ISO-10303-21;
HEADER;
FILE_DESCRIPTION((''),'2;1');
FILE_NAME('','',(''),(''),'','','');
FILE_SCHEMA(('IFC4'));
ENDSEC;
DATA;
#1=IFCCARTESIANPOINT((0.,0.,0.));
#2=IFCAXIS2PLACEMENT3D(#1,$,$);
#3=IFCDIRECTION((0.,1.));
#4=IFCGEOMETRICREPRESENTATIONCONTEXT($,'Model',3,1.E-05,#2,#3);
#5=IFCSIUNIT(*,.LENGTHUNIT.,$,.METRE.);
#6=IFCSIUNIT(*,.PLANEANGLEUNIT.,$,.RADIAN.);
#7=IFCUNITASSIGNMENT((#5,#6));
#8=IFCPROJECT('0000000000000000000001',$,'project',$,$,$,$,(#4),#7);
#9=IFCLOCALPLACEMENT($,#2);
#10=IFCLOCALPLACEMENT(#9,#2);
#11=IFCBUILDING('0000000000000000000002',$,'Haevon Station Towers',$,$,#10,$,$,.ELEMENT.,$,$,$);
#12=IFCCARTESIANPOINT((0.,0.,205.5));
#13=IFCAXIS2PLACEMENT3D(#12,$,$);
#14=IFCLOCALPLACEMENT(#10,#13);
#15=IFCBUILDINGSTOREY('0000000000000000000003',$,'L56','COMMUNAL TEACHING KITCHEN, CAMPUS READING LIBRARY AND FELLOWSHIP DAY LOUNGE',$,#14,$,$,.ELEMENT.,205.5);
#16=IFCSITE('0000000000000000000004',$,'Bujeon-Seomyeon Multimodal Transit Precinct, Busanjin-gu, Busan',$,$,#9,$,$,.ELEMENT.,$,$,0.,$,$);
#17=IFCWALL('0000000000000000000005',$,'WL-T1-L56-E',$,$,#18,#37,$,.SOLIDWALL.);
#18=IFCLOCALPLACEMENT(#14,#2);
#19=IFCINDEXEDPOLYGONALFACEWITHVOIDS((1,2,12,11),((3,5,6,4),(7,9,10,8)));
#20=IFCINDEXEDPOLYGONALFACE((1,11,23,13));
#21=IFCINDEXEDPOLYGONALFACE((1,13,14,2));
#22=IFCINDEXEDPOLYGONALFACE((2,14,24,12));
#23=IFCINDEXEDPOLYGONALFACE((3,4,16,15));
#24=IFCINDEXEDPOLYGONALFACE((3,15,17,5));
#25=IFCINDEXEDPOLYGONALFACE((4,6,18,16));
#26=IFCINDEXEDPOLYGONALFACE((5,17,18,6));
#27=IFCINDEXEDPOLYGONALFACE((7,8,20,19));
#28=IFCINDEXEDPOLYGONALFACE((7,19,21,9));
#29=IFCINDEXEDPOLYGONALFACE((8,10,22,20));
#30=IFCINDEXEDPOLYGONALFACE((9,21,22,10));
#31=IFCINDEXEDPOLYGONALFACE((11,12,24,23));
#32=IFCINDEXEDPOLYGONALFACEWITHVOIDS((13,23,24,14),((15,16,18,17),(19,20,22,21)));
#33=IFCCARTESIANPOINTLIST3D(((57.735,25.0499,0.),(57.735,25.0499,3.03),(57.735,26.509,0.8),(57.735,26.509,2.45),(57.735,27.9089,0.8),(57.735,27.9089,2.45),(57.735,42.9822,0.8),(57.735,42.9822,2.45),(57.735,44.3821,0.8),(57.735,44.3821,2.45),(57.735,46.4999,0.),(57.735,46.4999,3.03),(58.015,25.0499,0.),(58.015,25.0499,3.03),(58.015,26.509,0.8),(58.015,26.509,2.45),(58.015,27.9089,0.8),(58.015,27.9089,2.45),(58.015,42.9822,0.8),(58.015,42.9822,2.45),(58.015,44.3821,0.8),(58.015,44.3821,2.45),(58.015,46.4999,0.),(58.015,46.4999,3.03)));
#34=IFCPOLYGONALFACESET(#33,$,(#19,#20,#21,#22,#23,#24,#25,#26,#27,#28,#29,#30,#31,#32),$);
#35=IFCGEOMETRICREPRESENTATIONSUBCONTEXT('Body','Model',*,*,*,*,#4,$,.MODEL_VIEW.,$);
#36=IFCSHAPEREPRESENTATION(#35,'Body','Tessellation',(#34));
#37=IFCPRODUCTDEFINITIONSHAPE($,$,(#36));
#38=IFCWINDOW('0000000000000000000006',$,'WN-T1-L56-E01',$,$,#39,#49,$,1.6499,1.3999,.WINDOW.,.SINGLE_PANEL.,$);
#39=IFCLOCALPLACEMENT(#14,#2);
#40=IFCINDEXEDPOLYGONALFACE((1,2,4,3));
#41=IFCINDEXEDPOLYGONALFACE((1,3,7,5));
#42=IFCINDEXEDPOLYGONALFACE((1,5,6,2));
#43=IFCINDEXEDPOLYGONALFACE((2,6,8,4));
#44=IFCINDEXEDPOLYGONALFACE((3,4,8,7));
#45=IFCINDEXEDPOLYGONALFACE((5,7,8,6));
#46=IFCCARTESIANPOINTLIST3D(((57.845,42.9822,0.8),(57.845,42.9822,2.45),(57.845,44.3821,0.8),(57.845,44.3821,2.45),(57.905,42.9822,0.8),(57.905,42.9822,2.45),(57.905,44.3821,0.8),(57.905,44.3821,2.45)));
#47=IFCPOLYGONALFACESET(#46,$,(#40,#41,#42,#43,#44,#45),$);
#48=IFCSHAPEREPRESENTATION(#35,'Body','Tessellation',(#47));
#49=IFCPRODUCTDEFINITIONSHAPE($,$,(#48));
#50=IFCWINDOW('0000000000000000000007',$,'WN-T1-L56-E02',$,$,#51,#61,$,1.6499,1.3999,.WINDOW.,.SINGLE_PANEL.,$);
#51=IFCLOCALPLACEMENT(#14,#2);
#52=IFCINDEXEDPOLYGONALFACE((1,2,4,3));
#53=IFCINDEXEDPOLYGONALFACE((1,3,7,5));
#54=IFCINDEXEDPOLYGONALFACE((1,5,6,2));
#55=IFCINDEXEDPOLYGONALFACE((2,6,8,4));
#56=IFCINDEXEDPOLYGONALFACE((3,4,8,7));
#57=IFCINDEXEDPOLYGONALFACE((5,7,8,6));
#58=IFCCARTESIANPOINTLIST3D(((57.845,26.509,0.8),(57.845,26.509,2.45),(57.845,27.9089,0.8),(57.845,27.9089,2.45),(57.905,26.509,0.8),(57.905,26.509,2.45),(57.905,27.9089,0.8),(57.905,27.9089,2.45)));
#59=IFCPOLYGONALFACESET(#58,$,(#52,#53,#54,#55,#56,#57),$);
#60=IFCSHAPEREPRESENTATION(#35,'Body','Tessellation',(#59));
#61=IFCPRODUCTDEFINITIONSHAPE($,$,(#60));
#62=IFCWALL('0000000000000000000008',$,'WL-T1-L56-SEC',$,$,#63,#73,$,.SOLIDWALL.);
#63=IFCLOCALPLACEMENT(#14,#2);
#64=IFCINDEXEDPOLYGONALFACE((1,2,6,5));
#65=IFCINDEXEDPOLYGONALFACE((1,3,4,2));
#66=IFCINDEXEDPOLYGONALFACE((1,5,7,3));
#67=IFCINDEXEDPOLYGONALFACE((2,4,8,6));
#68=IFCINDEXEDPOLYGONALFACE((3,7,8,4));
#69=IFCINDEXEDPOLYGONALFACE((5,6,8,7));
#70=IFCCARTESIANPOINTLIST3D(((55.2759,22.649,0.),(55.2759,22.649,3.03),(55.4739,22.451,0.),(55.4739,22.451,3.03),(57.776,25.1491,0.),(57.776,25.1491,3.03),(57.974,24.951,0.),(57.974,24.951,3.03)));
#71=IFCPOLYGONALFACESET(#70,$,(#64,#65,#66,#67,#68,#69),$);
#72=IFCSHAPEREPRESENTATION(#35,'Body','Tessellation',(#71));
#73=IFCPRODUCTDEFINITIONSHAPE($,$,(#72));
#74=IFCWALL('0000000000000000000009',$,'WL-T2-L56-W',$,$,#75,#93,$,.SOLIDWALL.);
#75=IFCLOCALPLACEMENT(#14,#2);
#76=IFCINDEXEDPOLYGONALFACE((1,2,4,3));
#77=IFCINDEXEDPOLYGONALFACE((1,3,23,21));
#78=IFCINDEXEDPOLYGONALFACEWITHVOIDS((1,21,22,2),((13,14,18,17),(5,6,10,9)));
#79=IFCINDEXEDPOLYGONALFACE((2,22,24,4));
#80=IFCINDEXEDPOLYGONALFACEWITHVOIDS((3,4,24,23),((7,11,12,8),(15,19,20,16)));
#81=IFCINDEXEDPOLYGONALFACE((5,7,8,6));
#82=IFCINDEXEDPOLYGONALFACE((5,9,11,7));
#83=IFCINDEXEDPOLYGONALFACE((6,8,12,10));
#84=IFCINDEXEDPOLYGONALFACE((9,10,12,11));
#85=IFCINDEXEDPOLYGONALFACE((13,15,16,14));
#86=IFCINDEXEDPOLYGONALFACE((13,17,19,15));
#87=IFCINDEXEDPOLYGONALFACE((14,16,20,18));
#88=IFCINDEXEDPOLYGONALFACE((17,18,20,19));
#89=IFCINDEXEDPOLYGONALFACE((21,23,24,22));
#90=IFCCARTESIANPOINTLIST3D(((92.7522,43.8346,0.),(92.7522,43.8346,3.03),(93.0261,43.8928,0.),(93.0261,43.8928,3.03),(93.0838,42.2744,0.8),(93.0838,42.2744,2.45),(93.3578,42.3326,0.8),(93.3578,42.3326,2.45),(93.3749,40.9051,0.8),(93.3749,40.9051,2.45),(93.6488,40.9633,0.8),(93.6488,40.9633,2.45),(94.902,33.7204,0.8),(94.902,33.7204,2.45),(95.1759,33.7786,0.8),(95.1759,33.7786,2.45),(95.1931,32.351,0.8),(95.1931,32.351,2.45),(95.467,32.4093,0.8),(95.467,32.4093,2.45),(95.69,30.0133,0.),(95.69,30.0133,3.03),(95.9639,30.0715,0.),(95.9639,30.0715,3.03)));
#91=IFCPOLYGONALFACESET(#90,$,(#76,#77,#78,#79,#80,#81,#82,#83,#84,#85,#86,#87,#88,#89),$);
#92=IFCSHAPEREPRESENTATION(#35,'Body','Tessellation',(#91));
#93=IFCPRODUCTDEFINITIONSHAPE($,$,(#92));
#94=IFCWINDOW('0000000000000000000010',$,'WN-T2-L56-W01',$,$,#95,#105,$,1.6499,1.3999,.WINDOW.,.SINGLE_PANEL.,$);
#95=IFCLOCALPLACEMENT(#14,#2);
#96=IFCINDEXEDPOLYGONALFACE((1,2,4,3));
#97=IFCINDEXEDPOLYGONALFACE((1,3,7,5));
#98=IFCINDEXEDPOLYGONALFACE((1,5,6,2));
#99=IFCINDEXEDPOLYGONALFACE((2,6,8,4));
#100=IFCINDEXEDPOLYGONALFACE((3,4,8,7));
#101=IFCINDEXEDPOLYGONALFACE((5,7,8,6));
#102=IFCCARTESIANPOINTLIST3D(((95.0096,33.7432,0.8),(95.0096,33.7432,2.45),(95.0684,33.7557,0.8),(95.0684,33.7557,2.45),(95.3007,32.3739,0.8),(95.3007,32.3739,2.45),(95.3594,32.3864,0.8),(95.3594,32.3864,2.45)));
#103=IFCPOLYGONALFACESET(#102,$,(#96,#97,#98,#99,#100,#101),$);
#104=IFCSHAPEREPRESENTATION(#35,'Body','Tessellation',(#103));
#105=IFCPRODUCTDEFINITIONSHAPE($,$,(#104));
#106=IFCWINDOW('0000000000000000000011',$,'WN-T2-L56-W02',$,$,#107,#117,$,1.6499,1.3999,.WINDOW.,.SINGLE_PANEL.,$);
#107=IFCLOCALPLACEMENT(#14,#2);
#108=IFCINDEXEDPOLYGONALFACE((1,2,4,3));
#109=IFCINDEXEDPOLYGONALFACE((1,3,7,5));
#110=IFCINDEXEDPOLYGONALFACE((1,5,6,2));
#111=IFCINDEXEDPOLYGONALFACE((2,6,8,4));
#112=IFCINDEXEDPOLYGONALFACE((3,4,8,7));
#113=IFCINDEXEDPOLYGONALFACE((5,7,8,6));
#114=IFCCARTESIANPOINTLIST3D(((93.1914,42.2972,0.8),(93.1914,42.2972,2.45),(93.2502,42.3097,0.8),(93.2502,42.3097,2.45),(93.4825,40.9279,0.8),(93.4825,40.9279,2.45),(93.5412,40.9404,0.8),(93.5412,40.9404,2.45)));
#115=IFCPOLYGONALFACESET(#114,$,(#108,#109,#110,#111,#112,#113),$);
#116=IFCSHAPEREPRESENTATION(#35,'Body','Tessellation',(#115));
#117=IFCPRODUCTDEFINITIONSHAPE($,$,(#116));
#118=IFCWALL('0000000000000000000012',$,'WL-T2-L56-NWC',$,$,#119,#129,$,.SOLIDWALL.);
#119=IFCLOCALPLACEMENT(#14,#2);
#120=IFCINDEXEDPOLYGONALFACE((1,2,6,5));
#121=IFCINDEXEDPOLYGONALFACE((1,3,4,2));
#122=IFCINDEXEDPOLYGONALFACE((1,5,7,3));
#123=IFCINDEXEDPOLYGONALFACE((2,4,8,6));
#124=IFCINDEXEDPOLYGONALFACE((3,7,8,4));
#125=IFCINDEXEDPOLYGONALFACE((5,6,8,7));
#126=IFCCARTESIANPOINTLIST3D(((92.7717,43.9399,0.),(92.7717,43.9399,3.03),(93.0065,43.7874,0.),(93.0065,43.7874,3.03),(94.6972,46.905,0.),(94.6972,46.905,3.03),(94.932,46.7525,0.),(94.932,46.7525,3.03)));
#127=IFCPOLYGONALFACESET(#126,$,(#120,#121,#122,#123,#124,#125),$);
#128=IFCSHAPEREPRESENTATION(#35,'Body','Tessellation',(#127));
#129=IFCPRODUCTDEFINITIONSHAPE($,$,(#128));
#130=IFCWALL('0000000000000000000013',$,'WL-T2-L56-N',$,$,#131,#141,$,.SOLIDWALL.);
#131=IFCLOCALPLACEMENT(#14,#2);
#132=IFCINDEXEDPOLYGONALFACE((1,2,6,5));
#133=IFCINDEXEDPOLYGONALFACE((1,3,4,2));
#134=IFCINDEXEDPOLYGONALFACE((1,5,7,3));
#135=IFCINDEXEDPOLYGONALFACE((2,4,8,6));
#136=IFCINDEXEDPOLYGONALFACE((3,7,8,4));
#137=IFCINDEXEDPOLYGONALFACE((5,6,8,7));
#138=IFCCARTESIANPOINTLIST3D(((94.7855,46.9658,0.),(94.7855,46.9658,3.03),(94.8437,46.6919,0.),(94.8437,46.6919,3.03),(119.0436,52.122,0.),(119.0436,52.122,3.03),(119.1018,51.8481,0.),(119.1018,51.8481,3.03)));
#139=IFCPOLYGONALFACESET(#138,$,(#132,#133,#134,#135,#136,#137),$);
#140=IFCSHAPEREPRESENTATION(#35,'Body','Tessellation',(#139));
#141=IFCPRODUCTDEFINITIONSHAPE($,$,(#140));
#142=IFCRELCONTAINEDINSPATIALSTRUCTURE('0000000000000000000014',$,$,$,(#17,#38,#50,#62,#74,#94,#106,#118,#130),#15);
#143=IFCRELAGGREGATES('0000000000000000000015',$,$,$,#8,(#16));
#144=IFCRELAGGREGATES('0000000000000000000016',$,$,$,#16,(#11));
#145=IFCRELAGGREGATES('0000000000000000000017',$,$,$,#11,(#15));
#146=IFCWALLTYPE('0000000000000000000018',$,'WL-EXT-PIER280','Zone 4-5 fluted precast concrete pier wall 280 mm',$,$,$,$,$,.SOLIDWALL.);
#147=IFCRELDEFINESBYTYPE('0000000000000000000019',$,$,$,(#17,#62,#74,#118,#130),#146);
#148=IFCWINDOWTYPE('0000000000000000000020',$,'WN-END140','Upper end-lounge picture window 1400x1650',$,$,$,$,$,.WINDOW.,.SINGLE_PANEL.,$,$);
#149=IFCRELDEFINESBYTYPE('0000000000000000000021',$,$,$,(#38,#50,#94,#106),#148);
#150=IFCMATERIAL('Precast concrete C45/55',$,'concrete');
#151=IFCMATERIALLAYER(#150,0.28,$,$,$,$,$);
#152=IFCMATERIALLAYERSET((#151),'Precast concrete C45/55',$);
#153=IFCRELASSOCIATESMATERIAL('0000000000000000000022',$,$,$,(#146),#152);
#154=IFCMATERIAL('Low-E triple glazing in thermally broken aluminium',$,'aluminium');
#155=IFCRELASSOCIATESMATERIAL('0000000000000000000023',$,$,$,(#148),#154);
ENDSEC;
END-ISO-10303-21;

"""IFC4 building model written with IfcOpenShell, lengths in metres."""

from ifc_helpers import new_model, si_unit, direction, frame, frame_2d, origin, place, context, subcontext, project, spatial, rectangle, extrude, material, layer, layer_set, type_object, element, fill, save


model = new_model("IFC4")

# Units and contexts
model_context = context("Model", 3, precision=1e-05, world=origin(), true_north=direction((0.0, 1.0)))
body_context = subcontext(model_context, "Body", "Model", "MODEL_VIEW")
ifc_project = project(units=[si_unit("LENGTHUNIT", "METRE"), si_unit("PLANEANGLEUNIT", "RADIAN")], contexts=[model_context])

# Site, building, storey
site_placement = place(None, origin())
site = spatial("IfcSite", under=ifc_project, at=site_placement, Name="Bujeon-Seomyeon Multimodal Transit Precinct, Busanjin-gu, Busan", CompositionType="ELEMENT", RefElevation=0.0)
building_placement = place(site_placement, origin())
building = spatial("IfcBuilding", under=site, at=building_placement, Name="Haevon Station Towers", CompositionType="ELEMENT")
storey_placement = place(building_placement, frame((0.0, 0.0, 205.5)))
storey = spatial("IfcBuildingStorey", under=building, at=storey_placement, Name="L56", Description="COMMUNAL TEACHING KITCHEN, CAMPUS READING LIBRARY AND FELLOWSHIP DAY LOUNGE", CompositionType="ELEMENT", Elevation=205.5)

# Wall, openings, windows
ifc_material_1 = material(Name="Precast concrete C45/55", Category="concrete")
ifc_layer_1 = layer(ifc_material_1, 0.28)
ifc_layer_set_1 = layer_set([ifc_layer_1], Name="Precast concrete C45/55")
wall_type_1 = type_object("IfcWallType", Name="WL-EXT-PIER280", Description="Zone 4-5 fluted precast concrete pier wall 280 mm", PredefinedType="SOLIDWALL", material=ifc_layer_set_1)
wall_1_placement = place(storey_placement, frame((57.875, 46.5, 0.0), z_axis=(0.0, 0.0, 1.0), x_axis=(0.0, -1.0, 0.0)))
wall_1 = element("IfcWall", 1, at=wall_1_placement, inside=storey, type_object=wall_type_1, Name="WL-T1-L56-E", PredefinedType="SOLIDWALL", context=body_context, shape_type="SweptSolid", body=[
    extrude(rectangle(XDim=21.45, YDim=0.28, at=frame_2d((10.7251, 0.0))), origin(), (0.0, 0.0, 1.0), 3.03),
])
opening_1_placement = place(wall_1_placement, frame((2.1179, 0.0, 0.8)))
opening_1 = element("IfcOpeningElement", 2, at=opening_1_placement, cuts=wall_1, PredefinedType="OPENING", context=body_context, shape_type="SweptSolid", body=[
    extrude(rectangle(XDim=1.3999, YDim=1.6499, at=frame_2d((0.7, 0.825))), frame((0.0, 0.1499, 0.0), z_axis=(0.0, -1.0, 0.0), x_axis=(1.0, 0.0, 0.0)), (0.0, 0.0, 1.0), 0.3),
])
opening_2_placement = place(wall_1_placement, frame((18.5911, 0.0, 0.8)))
opening_2 = element("IfcOpeningElement", 3, at=opening_2_placement, cuts=wall_1, PredefinedType="OPENING", context=body_context, shape_type="SweptSolid", body=[
    extrude(rectangle(XDim=1.3999, YDim=1.6499, at=frame_2d((0.7, 0.825))), frame((0.0, 0.1499, 0.0), z_axis=(0.0, -1.0, 0.0), x_axis=(1.0, 0.0, 0.0)), (0.0, 0.0, 1.0), 0.3),
])
ifc_material_2 = material(Name="Low-E triple glazing in thermally broken aluminium", Category="aluminium")
window_type = type_object("IfcWindowType", Name="WN-END140", Description="Upper end-lounge picture window 1400x1650", PartitioningType="SINGLE_PANEL", PredefinedType="WINDOW", material=ifc_material_2)
window_1_placement = place(opening_1_placement, origin())
window_1 = element("IfcWindow", 4, at=window_1_placement, inside=storey, type_object=window_type, Name="WN-T1-L56-E01", OverallHeight=1.6499, OverallWidth=1.3999, PartitioningType="SINGLE_PANEL", PredefinedType="WINDOW", context=body_context, shape_type="SweptSolid", body=[
    extrude(rectangle(XDim=1.3999, YDim=1.6499, at=frame_2d((0.7, 0.825))), frame((0.0, 0.03, 0.0), z_axis=(0.0, -1.0, 0.0), x_axis=(1.0, 0.0, 0.0)), (0.0, 0.0, 1.0), 0.0601),
])
fill(opening_1, window_1)
window_2_placement = place(opening_2_placement, origin())
window_2 = element("IfcWindow", 5, at=window_2_placement, inside=storey, type_object=window_type, Name="WN-T1-L56-E02", OverallHeight=1.6499, OverallWidth=1.3999, PartitioningType="SINGLE_PANEL", PredefinedType="WINDOW", context=body_context, shape_type="SweptSolid", body=[
    extrude(rectangle(XDim=1.3999, YDim=1.6499, at=frame_2d((0.7, 0.825))), frame((0.0, 0.03, 0.0), z_axis=(0.0, -1.0, 0.0), x_axis=(1.0, 0.0, 0.0)), (0.0, 0.0, 1.0), 0.0601),
])
fill(opening_2, window_2)

# Wall
wall_2_placement = place(storey_placement, frame((57.875, 25.05, 0.0), z_axis=(0.0, 0.0, 1.0), x_axis=(-0.707107, -0.707107, 0.0)))
element("IfcWall", 6, at=wall_2_placement, inside=storey, type_object=wall_type_1, Name="WL-T1-L56-SEC", PredefinedType="SOLIDWALL", context=body_context, shape_type="SweptSolid", body=[
    extrude(rectangle(XDim=3.5356, YDim=0.28, at=frame_2d((1.7678, 0.0))), origin(), (0.0, 0.0, 1.0), 3.03),
])

# Wall, openings, windows
wall_3_placement = place(storey_placement, frame((95.8269, 30.0425, 0.0), z_axis=(0.0, 0.0, 1.0), x_axis=(-0.207908, 0.978148, 0.0)))
wall_3 = element("IfcWall", 7, at=wall_3_placement, inside=storey, type_object=wall_type_1, Name="WL-T2-L56-W", PredefinedType="SOLIDWALL", context=body_context, shape_type="SweptSolid", body=[
    extrude(rectangle(XDim=14.1301, YDim=0.28, at=frame_2d((7.0649, 0.0))), origin(), (0.0, 0.0, 1.0), 3.03),
])
opening_3_placement = place(wall_3_placement, frame((2.3899, 0.0, 0.8)))
opening_3 = element("IfcOpeningElement", 8, at=opening_3_placement, cuts=wall_3, PredefinedType="OPENING", context=body_context, shape_type="SweptSolid", body=[
    extrude(rectangle(XDim=1.3999, YDim=1.6499, at=frame_2d((0.7, 0.825))), frame((0.0, 0.1499, 0.0), z_axis=(0.0, -1.0, 0.0), x_axis=(1.0, 0.0, 0.0)), (0.0, 0.0, 1.0), 0.3),
])
opening_4_placement = place(wall_3_placement, frame((11.135, 0.0, 0.8)))
opening_4 = element("IfcOpeningElement", 9, at=opening_4_placement, cuts=wall_3, PredefinedType="OPENING", context=body_context, shape_type="SweptSolid", body=[
    extrude(rectangle(XDim=1.3999, YDim=1.6499, at=frame_2d((0.7, 0.825))), frame((0.0, 0.1499, 0.0), z_axis=(0.0, -1.0, 0.0), x_axis=(1.0, 0.0, 0.0)), (0.0, 0.0, 1.0), 0.3),
])
window_3_placement = place(opening_3_placement, origin())
window_3 = element("IfcWindow", 10, at=window_3_placement, inside=storey, type_object=window_type, Name="WN-T2-L56-W01", OverallHeight=1.6499, OverallWidth=1.3999, PartitioningType="SINGLE_PANEL", PredefinedType="WINDOW", context=body_context, shape_type="SweptSolid", body=[
    extrude(rectangle(XDim=1.3999, YDim=1.6499, at=frame_2d((0.7, 0.825))), frame((0.0, 0.03, 0.0), z_axis=(0.0, -1.0, 0.0), x_axis=(1.0, 0.0, 0.0)), (0.0, 0.0, 1.0), 0.0601),
])
fill(opening_3, window_3)
window_4_placement = place(opening_4_placement, origin())
window_4 = element("IfcWindow", 11, at=window_4_placement, inside=storey, type_object=window_type, Name="WN-T2-L56-W02", OverallHeight=1.6499, OverallWidth=1.3999, PartitioningType="SINGLE_PANEL", PredefinedType="WINDOW", context=body_context, shape_type="SweptSolid", body=[
    extrude(rectangle(XDim=1.3999, YDim=1.6499, at=frame_2d((0.7, 0.825))), frame((0.0, 0.03, 0.0), z_axis=(0.0, -1.0, 0.0), x_axis=(1.0, 0.0, 0.0)), (0.0, 0.0, 1.0), 0.0601),
])
fill(opening_4, window_4)

# Walls
wall_4_placement = place(storey_placement, frame((92.8892, 43.8638, 0.0), z_axis=(0.0, 0.0, 1.0), x_axis=(0.544636, 0.838672, 0.0)))
element("IfcWall", 12, at=wall_4_placement, inside=storey, type_object=wall_type_1, Name="WL-T2-L56-NWC", PredefinedType="SOLIDWALL", context=body_context, shape_type="SweptSolid", body=[
    extrude(rectangle(XDim=3.5354, YDim=0.28, at=frame_2d((1.7676, 0.0))), origin(), (0.0, 0.0, 1.0), 3.03),
])
wall_5_placement = place(storey_placement, frame((94.8147, 46.8289, 0.0), z_axis=(0.0, 0.0, 1.0), x_axis=(0.978147, 0.207913, 0.0)))
element("IfcWall", 13, at=wall_5_placement, inside=storey, type_object=wall_type_1, Name="WL-T2-L56-N", PredefinedType="SOLIDWALL", context=body_context, shape_type="SweptSolid", body=[
    extrude(rectangle(XDim=24.8, YDim=0.28, at=frame_2d((12.3999, 0.0))), origin(), (0.0, 0.0, 1.0), 3.03),
])

save(model, "model.ifc")
